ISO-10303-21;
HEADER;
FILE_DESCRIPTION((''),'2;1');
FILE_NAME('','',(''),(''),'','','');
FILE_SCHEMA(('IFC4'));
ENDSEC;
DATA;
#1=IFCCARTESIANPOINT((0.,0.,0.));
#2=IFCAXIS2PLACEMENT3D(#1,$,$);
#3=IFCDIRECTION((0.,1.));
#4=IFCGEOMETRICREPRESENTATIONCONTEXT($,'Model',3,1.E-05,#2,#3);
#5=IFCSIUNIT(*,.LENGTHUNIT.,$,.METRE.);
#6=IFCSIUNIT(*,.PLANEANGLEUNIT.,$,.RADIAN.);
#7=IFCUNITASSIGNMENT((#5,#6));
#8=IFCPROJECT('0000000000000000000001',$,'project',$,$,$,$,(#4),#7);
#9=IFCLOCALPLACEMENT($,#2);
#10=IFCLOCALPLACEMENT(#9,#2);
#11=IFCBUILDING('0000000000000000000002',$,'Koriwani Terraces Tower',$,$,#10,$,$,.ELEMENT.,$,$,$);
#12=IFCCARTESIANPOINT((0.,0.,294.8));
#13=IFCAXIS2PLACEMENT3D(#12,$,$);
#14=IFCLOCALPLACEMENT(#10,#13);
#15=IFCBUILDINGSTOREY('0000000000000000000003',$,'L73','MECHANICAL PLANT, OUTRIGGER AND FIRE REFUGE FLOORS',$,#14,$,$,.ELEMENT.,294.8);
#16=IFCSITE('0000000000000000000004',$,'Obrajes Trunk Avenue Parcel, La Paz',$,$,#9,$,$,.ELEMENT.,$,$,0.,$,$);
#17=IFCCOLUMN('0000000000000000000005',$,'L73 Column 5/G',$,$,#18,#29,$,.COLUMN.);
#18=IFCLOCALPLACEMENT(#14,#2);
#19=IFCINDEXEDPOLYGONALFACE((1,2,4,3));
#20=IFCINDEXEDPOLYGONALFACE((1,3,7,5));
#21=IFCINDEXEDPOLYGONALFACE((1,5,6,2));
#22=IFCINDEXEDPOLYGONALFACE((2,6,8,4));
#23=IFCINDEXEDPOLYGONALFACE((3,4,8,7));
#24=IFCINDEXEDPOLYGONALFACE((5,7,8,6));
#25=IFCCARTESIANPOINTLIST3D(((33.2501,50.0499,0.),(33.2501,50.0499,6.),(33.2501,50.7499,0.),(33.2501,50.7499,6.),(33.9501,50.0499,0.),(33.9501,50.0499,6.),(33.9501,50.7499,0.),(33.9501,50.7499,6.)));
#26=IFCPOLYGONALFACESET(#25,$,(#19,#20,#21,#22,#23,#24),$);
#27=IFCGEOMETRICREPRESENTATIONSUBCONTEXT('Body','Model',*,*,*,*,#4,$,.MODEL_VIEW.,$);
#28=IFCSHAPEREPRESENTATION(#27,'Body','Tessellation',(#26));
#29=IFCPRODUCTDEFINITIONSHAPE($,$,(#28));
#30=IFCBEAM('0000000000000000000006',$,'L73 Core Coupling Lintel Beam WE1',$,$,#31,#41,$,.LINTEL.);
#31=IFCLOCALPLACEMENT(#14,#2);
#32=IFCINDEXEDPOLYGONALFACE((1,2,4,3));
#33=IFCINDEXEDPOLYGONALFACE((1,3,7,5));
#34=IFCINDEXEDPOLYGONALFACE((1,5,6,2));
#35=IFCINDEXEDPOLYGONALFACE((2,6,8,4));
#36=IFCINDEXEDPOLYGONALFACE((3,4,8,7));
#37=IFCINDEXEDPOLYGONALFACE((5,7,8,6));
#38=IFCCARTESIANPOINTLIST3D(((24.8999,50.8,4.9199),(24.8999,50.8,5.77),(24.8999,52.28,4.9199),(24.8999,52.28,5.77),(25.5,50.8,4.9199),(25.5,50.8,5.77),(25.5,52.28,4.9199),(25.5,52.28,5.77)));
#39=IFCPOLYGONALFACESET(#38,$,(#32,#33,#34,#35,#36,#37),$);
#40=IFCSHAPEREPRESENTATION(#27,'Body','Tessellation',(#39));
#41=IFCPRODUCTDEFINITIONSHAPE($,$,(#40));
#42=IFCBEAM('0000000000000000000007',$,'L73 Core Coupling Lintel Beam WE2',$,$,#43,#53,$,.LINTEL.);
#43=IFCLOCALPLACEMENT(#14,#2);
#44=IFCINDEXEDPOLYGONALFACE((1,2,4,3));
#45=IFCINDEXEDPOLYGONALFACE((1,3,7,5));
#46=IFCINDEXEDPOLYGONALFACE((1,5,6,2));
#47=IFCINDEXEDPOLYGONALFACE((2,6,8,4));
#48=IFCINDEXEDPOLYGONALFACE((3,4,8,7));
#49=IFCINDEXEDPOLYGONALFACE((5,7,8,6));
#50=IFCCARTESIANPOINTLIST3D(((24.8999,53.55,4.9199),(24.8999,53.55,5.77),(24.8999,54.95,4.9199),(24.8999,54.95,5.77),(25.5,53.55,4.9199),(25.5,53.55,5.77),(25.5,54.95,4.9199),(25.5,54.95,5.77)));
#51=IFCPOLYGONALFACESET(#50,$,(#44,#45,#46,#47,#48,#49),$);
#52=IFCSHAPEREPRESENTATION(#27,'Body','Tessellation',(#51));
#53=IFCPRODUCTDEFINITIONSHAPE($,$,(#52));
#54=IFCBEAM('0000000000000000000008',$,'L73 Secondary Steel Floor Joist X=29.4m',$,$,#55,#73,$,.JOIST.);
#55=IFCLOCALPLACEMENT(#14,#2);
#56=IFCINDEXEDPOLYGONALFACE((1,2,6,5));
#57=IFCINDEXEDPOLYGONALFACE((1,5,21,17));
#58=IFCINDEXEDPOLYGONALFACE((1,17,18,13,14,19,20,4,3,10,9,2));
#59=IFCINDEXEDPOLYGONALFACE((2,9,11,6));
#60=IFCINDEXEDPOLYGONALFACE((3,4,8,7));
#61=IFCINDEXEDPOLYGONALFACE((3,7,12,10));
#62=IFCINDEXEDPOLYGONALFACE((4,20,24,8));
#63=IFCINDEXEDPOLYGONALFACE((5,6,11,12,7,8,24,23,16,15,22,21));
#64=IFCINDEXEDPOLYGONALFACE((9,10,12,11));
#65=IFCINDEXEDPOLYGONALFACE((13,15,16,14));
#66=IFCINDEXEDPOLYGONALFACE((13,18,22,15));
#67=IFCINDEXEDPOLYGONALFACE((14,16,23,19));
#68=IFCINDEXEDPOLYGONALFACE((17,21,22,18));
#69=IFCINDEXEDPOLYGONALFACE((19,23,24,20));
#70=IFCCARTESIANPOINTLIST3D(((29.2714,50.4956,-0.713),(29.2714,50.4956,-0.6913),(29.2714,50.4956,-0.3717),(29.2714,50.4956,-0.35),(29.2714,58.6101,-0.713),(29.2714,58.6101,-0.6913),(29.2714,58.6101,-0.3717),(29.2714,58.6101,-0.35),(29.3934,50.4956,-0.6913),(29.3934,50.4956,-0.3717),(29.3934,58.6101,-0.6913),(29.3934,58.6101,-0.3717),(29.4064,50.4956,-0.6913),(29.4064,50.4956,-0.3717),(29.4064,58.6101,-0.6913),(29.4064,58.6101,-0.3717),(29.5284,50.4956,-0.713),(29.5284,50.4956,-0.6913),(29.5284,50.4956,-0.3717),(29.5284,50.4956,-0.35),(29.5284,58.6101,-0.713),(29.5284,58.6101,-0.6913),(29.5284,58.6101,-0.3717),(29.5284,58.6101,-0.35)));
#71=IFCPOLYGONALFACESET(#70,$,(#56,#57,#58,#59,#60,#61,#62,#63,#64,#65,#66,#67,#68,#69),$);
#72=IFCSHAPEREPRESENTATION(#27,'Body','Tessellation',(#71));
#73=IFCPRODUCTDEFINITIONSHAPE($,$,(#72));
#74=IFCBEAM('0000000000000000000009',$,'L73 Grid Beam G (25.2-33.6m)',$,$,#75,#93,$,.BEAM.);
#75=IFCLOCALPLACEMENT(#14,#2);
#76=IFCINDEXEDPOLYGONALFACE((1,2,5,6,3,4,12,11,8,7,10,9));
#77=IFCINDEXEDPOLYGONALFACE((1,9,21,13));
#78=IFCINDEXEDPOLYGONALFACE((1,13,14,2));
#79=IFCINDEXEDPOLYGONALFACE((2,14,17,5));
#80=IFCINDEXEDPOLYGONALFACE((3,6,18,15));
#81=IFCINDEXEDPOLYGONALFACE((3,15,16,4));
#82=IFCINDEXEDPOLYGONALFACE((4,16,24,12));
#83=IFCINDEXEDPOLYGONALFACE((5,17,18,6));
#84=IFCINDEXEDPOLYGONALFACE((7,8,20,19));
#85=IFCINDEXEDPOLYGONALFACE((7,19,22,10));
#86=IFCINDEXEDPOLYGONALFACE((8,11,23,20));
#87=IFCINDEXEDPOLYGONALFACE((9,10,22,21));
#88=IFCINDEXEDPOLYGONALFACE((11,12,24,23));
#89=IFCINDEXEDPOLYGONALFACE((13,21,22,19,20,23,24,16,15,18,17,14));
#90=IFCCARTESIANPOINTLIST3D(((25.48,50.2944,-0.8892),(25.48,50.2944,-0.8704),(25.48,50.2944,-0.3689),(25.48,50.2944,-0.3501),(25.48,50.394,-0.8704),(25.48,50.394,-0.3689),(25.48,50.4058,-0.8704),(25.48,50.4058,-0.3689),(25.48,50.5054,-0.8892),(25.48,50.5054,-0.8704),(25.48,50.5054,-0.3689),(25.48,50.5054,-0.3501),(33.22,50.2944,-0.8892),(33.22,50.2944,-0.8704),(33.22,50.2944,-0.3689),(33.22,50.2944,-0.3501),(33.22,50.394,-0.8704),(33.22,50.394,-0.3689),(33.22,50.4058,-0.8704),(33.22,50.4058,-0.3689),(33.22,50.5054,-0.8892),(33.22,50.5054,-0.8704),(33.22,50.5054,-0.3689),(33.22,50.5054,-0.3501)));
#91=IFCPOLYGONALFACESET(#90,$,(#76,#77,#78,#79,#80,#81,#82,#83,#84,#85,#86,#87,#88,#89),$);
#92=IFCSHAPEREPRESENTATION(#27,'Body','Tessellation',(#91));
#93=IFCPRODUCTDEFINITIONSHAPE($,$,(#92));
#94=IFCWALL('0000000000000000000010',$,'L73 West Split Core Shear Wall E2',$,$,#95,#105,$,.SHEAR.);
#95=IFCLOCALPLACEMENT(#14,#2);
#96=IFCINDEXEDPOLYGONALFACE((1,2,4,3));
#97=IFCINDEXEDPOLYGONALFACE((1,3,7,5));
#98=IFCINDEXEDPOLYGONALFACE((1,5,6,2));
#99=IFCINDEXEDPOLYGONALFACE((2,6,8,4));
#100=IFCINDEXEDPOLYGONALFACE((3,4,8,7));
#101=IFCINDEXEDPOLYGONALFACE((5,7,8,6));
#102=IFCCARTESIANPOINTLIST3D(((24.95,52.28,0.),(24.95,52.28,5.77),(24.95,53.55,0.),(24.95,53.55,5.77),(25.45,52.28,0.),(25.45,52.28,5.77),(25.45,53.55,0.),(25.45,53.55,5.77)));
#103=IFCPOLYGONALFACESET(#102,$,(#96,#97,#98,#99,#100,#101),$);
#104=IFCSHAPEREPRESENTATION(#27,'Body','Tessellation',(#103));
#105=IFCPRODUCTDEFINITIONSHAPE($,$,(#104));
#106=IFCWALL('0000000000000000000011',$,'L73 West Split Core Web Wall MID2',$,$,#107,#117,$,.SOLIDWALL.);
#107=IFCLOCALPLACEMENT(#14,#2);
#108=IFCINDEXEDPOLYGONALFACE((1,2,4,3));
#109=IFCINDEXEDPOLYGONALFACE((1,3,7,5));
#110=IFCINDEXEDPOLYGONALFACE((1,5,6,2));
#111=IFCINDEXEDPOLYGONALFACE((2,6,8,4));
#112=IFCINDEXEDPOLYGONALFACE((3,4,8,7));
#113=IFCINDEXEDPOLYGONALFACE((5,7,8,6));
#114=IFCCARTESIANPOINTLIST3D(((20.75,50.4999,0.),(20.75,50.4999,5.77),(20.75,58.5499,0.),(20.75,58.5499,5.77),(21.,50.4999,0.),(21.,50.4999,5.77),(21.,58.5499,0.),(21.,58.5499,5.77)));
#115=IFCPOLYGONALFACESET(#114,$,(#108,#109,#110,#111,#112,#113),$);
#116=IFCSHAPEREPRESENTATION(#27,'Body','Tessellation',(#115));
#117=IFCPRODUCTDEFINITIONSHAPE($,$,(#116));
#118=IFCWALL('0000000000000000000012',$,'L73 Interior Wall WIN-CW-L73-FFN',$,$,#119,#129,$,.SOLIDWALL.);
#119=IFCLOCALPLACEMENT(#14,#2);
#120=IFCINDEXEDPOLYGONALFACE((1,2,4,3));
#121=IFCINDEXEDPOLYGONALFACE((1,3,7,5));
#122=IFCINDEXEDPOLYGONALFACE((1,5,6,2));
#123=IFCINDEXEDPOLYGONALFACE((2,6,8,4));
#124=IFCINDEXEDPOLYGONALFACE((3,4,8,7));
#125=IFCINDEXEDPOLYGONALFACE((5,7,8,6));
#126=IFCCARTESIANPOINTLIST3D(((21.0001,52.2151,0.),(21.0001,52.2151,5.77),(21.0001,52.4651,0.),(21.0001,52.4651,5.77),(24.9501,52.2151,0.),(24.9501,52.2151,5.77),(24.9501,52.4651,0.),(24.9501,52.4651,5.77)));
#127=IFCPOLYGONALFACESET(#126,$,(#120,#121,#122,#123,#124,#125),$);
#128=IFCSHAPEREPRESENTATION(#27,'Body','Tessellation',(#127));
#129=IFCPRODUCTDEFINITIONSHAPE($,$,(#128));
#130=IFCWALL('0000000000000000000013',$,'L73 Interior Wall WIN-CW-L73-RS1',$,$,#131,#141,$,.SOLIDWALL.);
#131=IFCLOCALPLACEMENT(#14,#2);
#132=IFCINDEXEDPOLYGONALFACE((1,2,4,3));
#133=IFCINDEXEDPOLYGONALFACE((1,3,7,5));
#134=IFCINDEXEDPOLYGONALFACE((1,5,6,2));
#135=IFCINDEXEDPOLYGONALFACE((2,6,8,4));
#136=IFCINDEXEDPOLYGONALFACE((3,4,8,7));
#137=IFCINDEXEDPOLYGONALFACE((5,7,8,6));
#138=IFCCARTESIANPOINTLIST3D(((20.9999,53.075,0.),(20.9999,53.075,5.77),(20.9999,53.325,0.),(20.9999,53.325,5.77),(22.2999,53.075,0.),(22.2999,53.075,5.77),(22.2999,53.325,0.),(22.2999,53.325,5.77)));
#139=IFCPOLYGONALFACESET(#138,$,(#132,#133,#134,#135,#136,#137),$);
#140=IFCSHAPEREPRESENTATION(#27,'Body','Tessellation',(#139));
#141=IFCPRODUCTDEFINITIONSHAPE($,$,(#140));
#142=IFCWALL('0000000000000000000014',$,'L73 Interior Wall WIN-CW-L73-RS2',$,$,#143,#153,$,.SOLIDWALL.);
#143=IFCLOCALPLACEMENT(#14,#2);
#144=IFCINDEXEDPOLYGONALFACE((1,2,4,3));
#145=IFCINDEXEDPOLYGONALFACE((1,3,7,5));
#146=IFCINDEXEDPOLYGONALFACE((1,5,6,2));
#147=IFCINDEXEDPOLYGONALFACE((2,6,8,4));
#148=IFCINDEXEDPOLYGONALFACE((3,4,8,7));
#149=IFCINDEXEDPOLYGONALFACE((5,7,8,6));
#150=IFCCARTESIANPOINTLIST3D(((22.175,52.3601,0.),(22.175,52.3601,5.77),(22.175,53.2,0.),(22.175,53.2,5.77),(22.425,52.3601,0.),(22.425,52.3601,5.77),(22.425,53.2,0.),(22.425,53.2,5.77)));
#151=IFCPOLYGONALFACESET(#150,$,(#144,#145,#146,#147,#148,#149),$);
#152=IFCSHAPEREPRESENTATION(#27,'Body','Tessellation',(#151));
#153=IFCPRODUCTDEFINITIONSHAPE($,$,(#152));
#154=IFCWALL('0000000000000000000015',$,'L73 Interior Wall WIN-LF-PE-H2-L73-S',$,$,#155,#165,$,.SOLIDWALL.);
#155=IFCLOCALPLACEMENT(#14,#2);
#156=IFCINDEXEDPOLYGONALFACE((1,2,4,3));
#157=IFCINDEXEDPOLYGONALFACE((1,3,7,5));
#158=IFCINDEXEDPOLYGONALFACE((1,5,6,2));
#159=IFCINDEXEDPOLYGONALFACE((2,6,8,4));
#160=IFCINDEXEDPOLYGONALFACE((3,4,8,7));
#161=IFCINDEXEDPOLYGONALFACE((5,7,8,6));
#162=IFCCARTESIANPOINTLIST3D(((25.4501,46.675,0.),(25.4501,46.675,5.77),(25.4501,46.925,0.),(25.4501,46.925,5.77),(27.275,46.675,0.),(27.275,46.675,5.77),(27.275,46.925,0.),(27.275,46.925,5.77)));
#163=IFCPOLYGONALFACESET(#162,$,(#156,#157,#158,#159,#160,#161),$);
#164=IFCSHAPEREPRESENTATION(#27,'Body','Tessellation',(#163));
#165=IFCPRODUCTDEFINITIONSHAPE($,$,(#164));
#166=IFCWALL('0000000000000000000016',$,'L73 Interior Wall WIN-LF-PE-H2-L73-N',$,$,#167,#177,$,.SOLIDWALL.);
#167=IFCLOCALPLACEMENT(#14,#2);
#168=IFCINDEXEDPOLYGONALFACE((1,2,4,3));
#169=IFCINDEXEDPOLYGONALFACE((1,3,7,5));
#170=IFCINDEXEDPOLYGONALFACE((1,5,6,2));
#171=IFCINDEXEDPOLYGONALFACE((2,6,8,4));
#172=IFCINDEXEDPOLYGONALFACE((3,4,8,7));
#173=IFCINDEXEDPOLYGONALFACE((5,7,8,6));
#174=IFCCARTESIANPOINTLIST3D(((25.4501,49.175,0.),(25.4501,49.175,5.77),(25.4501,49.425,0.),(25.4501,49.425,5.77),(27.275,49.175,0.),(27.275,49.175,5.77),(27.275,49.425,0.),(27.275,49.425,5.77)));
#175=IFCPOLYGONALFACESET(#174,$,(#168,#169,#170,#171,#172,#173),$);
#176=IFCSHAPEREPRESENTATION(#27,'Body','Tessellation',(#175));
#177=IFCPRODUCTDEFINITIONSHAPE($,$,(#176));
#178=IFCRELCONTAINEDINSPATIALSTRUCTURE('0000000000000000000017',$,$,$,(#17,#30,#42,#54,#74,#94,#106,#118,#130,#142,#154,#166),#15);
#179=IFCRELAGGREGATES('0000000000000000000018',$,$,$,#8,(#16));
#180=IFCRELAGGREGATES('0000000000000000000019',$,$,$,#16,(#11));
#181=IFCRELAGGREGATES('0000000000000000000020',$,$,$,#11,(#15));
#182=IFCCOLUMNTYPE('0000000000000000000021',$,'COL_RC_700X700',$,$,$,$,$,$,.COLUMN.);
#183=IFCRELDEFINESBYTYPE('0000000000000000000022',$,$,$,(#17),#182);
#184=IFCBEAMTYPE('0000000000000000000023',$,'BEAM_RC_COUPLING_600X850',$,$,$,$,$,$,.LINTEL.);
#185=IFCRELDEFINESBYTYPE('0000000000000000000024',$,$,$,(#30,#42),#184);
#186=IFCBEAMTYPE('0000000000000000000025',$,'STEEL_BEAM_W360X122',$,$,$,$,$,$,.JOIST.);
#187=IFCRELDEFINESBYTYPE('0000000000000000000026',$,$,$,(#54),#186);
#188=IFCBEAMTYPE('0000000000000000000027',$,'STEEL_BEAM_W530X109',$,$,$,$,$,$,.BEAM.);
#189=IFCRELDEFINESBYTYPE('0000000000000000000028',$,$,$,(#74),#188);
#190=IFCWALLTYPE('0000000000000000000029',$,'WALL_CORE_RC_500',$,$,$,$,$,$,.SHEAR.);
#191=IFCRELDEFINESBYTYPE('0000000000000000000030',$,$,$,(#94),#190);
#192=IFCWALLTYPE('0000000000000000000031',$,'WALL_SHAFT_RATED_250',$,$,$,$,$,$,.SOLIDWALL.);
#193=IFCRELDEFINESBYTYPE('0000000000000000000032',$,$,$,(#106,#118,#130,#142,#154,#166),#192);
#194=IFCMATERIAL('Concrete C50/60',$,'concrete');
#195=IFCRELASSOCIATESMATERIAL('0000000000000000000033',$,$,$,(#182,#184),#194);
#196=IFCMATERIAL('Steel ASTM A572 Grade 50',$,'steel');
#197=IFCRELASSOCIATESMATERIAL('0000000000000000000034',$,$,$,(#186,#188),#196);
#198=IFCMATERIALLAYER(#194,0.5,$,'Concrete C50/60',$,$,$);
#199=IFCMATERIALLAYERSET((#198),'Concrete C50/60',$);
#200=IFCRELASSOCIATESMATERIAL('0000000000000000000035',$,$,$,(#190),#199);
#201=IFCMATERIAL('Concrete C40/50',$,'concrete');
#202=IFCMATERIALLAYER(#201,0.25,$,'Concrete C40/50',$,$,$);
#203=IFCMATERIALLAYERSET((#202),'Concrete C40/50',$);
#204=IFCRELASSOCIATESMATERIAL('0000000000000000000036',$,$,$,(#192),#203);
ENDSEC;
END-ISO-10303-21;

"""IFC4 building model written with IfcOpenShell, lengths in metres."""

from ifc_helpers import new_model, si_unit, direction, frame, frame_2d, origin, origin_2d, place, context, subcontext, project, spatial, rectangle, i_section, extrude, material, layer, layer_set, material_profile, profile_set, type_object, element, save


model = new_model("IFC4")

# Units and contexts
model_context = context("Model", 3, precision=1e-05, world=origin(), true_north=direction((0.0, 1.0)))
body_context = subcontext(model_context, "Body", "Model", "MODEL_VIEW")
ifc_project = project(units=[si_unit("LENGTHUNIT", "METRE"), si_unit("PLANEANGLEUNIT", "RADIAN")], contexts=[model_context])

# Site, building, storey
site_placement = place(None, origin())
site = spatial("IfcSite", under=ifc_project, at=site_placement, Name="Obrajes Trunk Avenue Parcel, La Paz", CompositionType="ELEMENT", RefElevation=0.0)
building_placement = place(site_placement, origin())
building = spatial("IfcBuilding", under=site, at=building_placement, Name="Koriwani Terraces Tower", CompositionType="ELEMENT")
storey_placement = place(building_placement, frame((0.0, 0.0, 294.8)))
storey = spatial("IfcBuildingStorey", under=building, at=storey_placement, Name="L73", Description="MECHANICAL PLANT, OUTRIGGER AND FIRE REFUGE FLOORS", CompositionType="ELEMENT", Elevation=294.8)

# Column
ifc_material_1 = material(Name="Concrete C50/60", Category="concrete")
ifc_material_profile_1 = material_profile(ifc_material_1, rectangle(XDim=0.7, YDim=0.7, at=origin_2d()), Name="Concrete C50/60", Category="LoadBearing")
ifc_profile_set_1 = profile_set([ifc_material_profile_1], Name="Concrete C50/60")
column_type = type_object("IfcColumnType", Name="COL_RC_700X700", PredefinedType="COLUMN", material=ifc_profile_set_1)
column_placement = place(storey_placement, frame((33.6001, 50.3999, 0.0), z_axis=(0.0, 0.0, 1.0), x_axis=(1.0, 0.0, 0.0)))
element("IfcColumn", 1, at=column_placement, inside=storey, type_object=column_type, Name="L73 Column 5/G", PredefinedType="COLUMN", context=body_context, shape_type="SweptSolid", body=[
    extrude(rectangle(XDim=0.7, YDim=0.7, at=origin_2d()), origin(), (0.0, 0.0, 1.0), 6.0),
])

# Beams
ifc_material_profile_2 = material_profile(ifc_material_1, rectangle(XDim=0.6001, YDim=0.8501, at=origin_2d()), Name="Concrete C50/60", Category="LoadBearing")
ifc_profile_set_2 = profile_set([ifc_material_profile_2], Name="Concrete C50/60")
beam_type_1 = type_object("IfcBeamType", Name="BEAM_RC_COUPLING_600X850", PredefinedType="LINTEL", material=ifc_profile_set_2)
beam_1_placement = place(storey_placement, frame((25.2, 50.8, 5.345), z_axis=(0.0, 1.0, 0.0), x_axis=(-1.0, 0.0, 0.0)))
element("IfcBeam", 2, at=beam_1_placement, inside=storey, type_object=beam_type_1, Name="L73 Core Coupling Lintel Beam WE1", PredefinedType="LINTEL", context=body_context, shape_type="SweptSolid", body=[
    extrude(rectangle(XDim=0.6001, YDim=0.8501, at=origin_2d()), origin(), (0.0, 0.0, 1.0), 1.48),
])
beam_2_placement = place(storey_placement, frame((25.2, 53.55, 5.345), z_axis=(0.0, 1.0, 0.0), x_axis=(-1.0, 0.0, 0.0)))
element("IfcBeam", 3, at=beam_2_placement, inside=storey, type_object=beam_type_1, Name="L73 Core Coupling Lintel Beam WE2", PredefinedType="LINTEL", context=body_context, shape_type="SweptSolid", body=[
    extrude(rectangle(XDim=0.6001, YDim=0.8501, at=origin_2d()), origin(), (0.0, 0.0, 1.0), 1.3999),
])
ifc_material_2 = material(Name="Steel ASTM A572 Grade 50", Category="steel")
ifc_material_profile_3 = material_profile(ifc_material_2, i_section(OverallWidth=0.2571, OverallDepth=0.363, WebThickness=0.0129, FlangeThickness=0.0217, at=origin_2d()), Name="Steel ASTM A572 Grade 50", Category="LoadBearing")
ifc_profile_set_3 = profile_set([ifc_material_profile_3], Name="Steel ASTM A572 Grade 50")
beam_type_2 = type_object("IfcBeamType", Name="STEEL_BEAM_W360X122", PredefinedType="JOIST", material=ifc_profile_set_3)
beam_3_placement = place(storey_placement, frame((29.3999, 50.4956, -0.5315), z_axis=(0.0, 1.0, 0.0), x_axis=(-1.0, 0.0, 0.0)))
element("IfcBeam", 4, at=beam_3_placement, inside=storey, type_object=beam_type_2, Name="L73 Secondary Steel Floor Joist X=29.4m", PredefinedType="JOIST", context=body_context, shape_type="SweptSolid", body=[
    extrude(i_section(OverallWidth=0.2571, OverallDepth=0.363, WebThickness=0.0129, FlangeThickness=0.0217, at=origin_2d()), origin(), (0.0, 0.0, 1.0), 8.1145),
])
ifc_material_profile_4 = material_profile(ifc_material_2, i_section(OverallWidth=0.2109, OverallDepth=0.5391, WebThickness=0.0117, FlangeThickness=0.0188, at=origin_2d()), Name="Steel ASTM A572 Grade 50", Category="LoadBearing")
ifc_profile_set_4 = profile_set([ifc_material_profile_4], Name="Steel ASTM A572 Grade 50")
beam_type_3 = type_object("IfcBeamType", Name="STEEL_BEAM_W530X109", PredefinedType="BEAM", material=ifc_profile_set_4)
beam_4_placement = place(storey_placement, frame((25.48, 50.3999, -0.6196), z_axis=(1.0, 0.0, 0.0), x_axis=(0.0, 1.0, 0.0)))
element("IfcBeam", 5, at=beam_4_placement, inside=storey, type_object=beam_type_3, Name="L73 Grid Beam G (25.2-33.6m)", PredefinedType="BEAM", context=body_context, shape_type="SweptSolid", body=[
    extrude(i_section(OverallWidth=0.2109, OverallDepth=0.5391, WebThickness=0.0117, FlangeThickness=0.0188, at=origin_2d()), origin(), (0.0, 0.0, 1.0), 7.74),
])

# Walls
ifc_layer_1 = layer(ifc_material_1, 0.5, Name="Concrete C50/60")
ifc_layer_set_1 = layer_set([ifc_layer_1], Name="Concrete C50/60")
wall_type_1 = type_object("IfcWallType", Name="WALL_CORE_RC_500", PredefinedType="SHEAR", material=ifc_layer_set_1)
wall_1_placement = place(storey_placement, frame((25.2, 52.28, 0.0), z_axis=(0.0, 0.0, 1.0), x_axis=(0.0, 1.0, 0.0)))
element("IfcWall", 6, at=wall_1_placement, inside=storey, type_object=wall_type_1, Name="L73 West Split Core Shear Wall E2", PredefinedType="SHEAR", context=body_context, shape_type="SweptSolid", body=[
    extrude(rectangle(XDim=1.27, YDim=0.5, at=frame_2d((0.635, 0.0))), origin(), (0.0, 0.0, 1.0), 5.77),
])
ifc_material_3 = material(Name="Concrete C40/50", Category="concrete")
ifc_layer_2 = layer(ifc_material_3, 0.25, Name="Concrete C40/50")
ifc_layer_set_2 = layer_set([ifc_layer_2], Name="Concrete C40/50")
wall_type_2 = type_object("IfcWallType", Name="WALL_SHAFT_RATED_250", PredefinedType="SOLIDWALL", material=ifc_layer_set_2)
wall_2_placement = place(storey_placement, frame((20.875, 50.5, 0.0), z_axis=(0.0, 0.0, 1.0), x_axis=(0.0, 1.0, 0.0)))
element("IfcWall", 7, at=wall_2_placement, inside=storey, type_object=wall_type_2, Name="L73 West Split Core Web Wall MID2", PredefinedType="SOLIDWALL", context=body_context, shape_type="SweptSolid", body=[
    extrude(rectangle(XDim=8.05, YDim=0.25, at=frame_2d((4.0249, 0.0))), origin(), (0.0, 0.0, 1.0), 5.77),
])

# Wall
wall_3_placement = place(storey_placement, frame((21.0, 52.3401, 0.0), z_axis=(0.0, 0.0, 1.0), x_axis=(1.0, 0.0, 0.0)))
element("IfcWall", 8, at=wall_3_placement, inside=storey, type_object=wall_type_2, Name="L73 Interior Wall WIN-CW-L73-FFN", PredefinedType="SOLIDWALL", context=body_context, shape_type="SweptSolid", body=[
    extrude(rectangle(XDim=3.95, YDim=0.25, at=frame_2d((1.9751, 0.0))), origin(), (0.0, 0.0, 1.0), 5.77),
])

# Walls
wall_4_placement = place(storey_placement, frame((21.0, 53.2, 0.0), z_axis=(0.0, 0.0, 1.0), x_axis=(1.0, 0.0, 0.0)))
element("IfcWall", 9, at=wall_4_placement, inside=storey, type_object=wall_type_2, Name="L73 Interior Wall WIN-CW-L73-RS1", PredefinedType="SOLIDWALL", context=body_context, shape_type="SweptSolid", body=[
    extrude(rectangle(XDim=1.3, YDim=0.25, at=frame_2d((0.6499, 0.0))), origin(), (0.0, 0.0, 1.0), 5.77),
])
wall_5_placement = place(storey_placement, frame((22.3, 52.3601, 0.0), z_axis=(0.0, 0.0, 1.0), x_axis=(0.0, 1.0, 0.0)))
element("IfcWall", 10, at=wall_5_placement, inside=storey, type_object=wall_type_2, Name="L73 Interior Wall WIN-CW-L73-RS2", PredefinedType="SOLIDWALL", context=body_context, shape_type="SweptSolid", body=[
    extrude(rectangle(XDim=0.8398, YDim=0.25, at=frame_2d((0.4199, 0.0))), origin(), (0.0, 0.0, 1.0), 5.77),
])
for number, where, z_axis, x_axis, name in (
    (11, (25.45, 46.8, 0.0), (0.0, 0.0, 1.0), (1.0, 0.0, 0.0), "L73 Interior Wall WIN-LF-PE-H2-L73-S"),
    (12, (25.45, 49.3, 0.0), (0.0, 0.0, 1.0), (1.0, 0.0, 0.0), "L73 Interior Wall WIN-LF-PE-H2-L73-N"),
):
    element("IfcWall", number, at=place(storey_placement, frame(where, z_axis=z_axis, x_axis=x_axis)), inside=storey, type_object=wall_type_2, Name=name, PredefinedType="SOLIDWALL", context=body_context, shape_type="SweptSolid", body=[
        extrude(rectangle(XDim=1.825, YDim=0.25, at=frame_2d((0.9126, 0.0))), origin(), (0.0, 0.0, 1.0), 5.77),
    ])

save(model, "model.ifc")
